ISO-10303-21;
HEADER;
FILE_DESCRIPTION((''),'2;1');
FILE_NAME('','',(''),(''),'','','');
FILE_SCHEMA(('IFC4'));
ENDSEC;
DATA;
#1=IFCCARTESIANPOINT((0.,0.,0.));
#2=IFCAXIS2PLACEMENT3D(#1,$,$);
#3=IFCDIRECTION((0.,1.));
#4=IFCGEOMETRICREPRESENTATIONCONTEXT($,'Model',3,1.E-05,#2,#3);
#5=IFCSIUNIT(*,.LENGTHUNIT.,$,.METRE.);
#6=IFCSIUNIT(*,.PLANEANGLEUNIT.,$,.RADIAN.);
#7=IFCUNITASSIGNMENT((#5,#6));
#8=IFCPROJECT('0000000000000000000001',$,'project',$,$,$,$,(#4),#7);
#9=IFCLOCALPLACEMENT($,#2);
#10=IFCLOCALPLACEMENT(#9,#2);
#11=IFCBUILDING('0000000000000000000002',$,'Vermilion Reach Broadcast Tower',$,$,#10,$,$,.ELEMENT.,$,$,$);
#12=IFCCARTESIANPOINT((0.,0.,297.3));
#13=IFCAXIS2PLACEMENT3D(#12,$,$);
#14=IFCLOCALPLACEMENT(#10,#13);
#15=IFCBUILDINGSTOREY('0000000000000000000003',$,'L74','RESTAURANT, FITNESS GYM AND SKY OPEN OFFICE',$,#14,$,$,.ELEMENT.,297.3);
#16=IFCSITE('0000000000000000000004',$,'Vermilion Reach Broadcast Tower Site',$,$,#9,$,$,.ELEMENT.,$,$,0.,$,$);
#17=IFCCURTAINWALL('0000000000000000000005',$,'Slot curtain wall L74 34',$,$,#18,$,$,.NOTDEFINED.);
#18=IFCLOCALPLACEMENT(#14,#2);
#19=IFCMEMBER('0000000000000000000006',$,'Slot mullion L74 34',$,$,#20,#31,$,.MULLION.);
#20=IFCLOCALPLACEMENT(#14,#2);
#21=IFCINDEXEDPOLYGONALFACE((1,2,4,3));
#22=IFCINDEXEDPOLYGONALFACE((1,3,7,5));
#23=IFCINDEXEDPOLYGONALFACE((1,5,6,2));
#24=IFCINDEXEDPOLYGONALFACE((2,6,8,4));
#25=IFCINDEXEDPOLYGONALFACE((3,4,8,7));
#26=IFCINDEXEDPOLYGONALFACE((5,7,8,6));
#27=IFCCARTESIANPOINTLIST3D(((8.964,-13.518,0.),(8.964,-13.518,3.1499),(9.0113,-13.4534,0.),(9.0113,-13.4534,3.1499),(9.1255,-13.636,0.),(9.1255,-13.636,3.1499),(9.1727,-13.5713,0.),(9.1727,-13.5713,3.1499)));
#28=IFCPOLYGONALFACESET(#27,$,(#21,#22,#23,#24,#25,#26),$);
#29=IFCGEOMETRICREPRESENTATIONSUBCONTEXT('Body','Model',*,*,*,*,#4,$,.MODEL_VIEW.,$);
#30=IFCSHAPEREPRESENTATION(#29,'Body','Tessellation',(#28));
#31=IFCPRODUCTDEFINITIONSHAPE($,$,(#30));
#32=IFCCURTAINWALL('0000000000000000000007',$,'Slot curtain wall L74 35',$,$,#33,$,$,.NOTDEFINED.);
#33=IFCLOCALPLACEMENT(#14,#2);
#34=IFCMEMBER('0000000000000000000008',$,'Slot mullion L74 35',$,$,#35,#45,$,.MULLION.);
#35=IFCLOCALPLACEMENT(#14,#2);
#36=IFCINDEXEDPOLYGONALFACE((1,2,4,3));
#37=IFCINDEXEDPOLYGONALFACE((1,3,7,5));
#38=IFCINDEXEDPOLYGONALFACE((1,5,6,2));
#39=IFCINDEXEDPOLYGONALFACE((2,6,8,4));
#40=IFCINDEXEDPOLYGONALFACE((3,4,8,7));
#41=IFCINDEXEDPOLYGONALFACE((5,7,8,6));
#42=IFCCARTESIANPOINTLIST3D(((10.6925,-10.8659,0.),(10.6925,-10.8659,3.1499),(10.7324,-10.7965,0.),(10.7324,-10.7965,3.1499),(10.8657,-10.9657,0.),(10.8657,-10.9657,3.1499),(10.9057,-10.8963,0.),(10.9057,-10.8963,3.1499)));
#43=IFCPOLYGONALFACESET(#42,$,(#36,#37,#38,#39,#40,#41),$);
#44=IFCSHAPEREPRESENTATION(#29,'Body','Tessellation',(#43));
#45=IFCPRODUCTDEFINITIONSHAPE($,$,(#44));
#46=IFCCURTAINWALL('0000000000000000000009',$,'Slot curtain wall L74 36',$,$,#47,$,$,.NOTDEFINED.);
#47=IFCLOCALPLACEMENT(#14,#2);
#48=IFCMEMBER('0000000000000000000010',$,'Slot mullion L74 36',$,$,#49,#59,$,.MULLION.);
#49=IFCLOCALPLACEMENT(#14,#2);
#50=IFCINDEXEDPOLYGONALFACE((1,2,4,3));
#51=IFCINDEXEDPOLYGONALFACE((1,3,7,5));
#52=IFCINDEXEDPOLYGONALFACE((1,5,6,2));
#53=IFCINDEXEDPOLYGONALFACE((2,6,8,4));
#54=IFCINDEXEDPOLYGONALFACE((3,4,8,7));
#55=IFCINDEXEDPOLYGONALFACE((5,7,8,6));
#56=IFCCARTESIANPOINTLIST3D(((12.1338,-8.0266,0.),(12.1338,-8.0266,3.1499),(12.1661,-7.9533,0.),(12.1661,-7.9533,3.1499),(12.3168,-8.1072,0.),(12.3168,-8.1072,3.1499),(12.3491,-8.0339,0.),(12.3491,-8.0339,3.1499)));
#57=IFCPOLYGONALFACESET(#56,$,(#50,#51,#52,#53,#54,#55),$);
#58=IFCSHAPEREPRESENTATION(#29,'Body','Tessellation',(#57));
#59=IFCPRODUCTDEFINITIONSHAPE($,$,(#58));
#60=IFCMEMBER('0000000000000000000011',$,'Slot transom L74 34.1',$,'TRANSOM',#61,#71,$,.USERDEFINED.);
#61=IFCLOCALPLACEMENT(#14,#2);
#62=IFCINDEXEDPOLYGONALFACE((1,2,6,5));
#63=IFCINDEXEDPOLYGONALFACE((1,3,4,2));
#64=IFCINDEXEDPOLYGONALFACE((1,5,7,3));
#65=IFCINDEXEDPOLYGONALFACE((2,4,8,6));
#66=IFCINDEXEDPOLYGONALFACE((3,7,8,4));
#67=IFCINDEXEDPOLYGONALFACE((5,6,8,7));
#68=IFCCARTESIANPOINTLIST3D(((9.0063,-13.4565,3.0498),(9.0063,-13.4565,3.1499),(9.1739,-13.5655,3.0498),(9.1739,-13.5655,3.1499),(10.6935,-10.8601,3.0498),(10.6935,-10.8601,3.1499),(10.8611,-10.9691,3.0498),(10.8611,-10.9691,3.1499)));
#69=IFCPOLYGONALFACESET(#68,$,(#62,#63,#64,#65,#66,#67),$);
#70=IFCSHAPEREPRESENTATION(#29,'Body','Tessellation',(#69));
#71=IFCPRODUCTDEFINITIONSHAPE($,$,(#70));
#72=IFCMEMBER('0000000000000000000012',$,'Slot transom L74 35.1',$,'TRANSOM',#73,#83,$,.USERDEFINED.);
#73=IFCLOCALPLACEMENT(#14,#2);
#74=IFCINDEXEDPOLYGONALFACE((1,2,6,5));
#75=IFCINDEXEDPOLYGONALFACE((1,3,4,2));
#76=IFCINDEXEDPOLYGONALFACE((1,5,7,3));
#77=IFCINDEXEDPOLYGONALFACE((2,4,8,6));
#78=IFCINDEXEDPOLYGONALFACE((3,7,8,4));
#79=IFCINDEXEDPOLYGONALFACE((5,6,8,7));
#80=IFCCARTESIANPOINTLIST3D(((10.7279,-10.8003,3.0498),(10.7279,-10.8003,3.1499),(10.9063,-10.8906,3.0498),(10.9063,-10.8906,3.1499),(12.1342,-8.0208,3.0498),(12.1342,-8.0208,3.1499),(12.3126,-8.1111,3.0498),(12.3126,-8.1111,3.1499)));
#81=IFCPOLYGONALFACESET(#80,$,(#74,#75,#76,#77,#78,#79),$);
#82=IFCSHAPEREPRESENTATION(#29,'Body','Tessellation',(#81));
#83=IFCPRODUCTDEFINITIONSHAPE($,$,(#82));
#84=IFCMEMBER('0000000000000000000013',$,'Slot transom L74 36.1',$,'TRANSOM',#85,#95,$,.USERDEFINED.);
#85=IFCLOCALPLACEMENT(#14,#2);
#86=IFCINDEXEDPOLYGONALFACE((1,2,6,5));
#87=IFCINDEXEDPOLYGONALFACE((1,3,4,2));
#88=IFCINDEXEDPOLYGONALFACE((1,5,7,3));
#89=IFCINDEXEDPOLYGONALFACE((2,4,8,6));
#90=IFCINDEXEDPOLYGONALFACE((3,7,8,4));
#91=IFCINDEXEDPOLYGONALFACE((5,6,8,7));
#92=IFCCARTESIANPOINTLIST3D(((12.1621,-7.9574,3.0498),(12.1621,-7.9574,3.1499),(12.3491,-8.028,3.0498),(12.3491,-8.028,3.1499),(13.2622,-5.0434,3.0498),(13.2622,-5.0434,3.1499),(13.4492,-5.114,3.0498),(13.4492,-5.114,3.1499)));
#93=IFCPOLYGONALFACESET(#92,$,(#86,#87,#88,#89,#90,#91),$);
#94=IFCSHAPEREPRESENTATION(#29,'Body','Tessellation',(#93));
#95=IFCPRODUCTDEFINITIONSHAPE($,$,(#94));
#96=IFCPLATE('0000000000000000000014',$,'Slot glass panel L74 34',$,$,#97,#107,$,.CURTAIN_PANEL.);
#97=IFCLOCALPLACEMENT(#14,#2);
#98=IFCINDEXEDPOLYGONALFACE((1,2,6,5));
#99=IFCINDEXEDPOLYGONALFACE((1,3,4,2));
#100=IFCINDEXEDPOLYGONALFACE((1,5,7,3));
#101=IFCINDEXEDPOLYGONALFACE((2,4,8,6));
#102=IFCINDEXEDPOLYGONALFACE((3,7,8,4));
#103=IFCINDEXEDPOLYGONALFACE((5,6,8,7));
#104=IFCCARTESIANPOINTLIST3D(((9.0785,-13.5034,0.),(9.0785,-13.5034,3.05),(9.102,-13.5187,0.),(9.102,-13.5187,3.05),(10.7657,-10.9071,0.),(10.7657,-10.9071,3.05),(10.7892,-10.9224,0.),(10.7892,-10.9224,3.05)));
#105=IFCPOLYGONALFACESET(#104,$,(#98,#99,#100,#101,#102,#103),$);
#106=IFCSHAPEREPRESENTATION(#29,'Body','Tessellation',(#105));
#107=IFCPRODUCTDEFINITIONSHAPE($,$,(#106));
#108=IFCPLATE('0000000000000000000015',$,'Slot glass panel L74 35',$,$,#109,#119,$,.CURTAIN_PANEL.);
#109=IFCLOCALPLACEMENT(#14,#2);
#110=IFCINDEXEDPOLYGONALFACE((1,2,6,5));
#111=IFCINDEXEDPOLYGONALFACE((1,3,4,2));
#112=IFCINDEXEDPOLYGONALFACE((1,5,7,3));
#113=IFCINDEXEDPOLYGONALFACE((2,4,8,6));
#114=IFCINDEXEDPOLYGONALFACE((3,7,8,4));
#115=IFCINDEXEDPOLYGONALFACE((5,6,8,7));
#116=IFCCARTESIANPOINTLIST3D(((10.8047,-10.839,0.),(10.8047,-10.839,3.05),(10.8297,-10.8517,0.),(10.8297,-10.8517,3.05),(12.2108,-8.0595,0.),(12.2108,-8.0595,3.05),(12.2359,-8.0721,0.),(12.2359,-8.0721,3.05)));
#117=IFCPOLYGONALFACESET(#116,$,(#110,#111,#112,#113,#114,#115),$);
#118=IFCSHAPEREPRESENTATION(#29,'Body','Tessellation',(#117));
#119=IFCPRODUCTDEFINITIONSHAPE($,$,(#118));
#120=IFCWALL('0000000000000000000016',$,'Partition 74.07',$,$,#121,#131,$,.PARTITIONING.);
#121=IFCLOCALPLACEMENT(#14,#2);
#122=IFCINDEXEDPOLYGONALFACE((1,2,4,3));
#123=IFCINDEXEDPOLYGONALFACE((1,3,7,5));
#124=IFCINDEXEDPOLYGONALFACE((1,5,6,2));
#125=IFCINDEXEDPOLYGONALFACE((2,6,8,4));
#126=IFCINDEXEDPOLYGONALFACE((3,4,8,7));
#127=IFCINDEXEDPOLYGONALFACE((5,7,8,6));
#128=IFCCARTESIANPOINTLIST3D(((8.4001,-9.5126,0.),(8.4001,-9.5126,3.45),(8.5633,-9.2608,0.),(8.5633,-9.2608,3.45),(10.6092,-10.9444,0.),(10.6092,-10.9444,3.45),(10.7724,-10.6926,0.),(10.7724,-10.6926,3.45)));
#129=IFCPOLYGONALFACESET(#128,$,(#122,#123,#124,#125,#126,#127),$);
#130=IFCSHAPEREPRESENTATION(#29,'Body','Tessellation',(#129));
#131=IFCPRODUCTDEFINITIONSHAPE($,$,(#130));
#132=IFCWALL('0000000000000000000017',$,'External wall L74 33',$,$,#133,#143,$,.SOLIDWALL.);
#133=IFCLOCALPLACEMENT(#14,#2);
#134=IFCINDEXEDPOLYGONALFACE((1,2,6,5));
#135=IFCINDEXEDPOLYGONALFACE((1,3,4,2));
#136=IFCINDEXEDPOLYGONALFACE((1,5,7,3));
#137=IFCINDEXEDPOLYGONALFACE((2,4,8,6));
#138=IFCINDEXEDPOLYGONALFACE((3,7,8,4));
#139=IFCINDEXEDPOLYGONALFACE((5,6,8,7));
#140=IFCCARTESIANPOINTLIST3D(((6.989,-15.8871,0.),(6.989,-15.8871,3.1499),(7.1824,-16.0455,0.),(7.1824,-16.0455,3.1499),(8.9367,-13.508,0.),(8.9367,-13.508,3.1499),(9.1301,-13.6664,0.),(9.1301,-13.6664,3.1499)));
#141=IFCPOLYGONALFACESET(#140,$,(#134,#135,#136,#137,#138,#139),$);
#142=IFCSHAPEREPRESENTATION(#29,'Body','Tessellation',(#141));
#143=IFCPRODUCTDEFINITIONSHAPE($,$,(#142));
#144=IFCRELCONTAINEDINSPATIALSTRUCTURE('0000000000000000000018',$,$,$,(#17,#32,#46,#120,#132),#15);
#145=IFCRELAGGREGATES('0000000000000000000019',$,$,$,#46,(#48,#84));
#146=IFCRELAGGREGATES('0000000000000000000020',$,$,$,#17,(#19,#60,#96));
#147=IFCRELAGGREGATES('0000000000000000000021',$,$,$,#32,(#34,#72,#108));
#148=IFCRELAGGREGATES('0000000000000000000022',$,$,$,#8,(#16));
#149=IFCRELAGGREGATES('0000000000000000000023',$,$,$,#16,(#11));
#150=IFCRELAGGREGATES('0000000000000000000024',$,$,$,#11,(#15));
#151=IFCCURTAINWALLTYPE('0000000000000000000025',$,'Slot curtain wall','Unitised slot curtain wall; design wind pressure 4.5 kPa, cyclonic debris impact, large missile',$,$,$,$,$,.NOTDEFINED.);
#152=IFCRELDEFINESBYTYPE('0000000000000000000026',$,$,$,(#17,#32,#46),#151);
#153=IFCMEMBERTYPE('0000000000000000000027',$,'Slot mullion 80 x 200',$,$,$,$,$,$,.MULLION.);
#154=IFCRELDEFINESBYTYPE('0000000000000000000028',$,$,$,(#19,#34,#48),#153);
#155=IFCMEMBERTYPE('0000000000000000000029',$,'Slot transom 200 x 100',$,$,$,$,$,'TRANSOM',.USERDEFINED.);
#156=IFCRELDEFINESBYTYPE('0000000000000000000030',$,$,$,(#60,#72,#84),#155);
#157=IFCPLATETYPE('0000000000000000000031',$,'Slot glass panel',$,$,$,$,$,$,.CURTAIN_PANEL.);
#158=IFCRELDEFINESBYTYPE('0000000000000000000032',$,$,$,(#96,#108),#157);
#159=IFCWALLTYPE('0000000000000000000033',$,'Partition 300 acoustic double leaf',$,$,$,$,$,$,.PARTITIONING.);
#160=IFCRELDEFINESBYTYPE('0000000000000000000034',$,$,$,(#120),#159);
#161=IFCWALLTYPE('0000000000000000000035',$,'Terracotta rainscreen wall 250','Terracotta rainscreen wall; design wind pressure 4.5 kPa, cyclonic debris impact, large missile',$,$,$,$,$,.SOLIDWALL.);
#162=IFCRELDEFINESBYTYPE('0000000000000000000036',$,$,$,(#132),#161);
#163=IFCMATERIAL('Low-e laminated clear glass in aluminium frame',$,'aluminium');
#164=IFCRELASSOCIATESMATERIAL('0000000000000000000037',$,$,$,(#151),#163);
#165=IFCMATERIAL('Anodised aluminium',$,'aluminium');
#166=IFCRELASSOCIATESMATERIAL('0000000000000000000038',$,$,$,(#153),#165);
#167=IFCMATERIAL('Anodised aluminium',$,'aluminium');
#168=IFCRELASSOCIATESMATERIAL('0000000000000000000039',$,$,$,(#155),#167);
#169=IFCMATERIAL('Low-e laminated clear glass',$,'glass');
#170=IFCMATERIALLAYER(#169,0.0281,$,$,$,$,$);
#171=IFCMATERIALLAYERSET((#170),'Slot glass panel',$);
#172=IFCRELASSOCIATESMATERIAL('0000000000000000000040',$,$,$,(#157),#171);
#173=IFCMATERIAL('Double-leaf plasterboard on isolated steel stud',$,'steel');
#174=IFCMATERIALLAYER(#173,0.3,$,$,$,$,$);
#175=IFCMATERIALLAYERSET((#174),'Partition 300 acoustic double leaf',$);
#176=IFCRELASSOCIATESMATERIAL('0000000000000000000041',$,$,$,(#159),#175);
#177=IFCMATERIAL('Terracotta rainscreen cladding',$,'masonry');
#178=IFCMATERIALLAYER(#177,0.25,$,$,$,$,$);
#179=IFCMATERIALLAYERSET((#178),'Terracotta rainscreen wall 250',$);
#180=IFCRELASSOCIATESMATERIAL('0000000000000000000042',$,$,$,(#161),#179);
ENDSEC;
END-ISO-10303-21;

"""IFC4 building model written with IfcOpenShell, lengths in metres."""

from ifc_helpers import new_model, si_unit, direction, frame, frame_2d, origin, origin_2d, place, context, subcontext, project, spatial, rectangle, extrude, material, layer, layer_set, material_profile, profile_set, type_object, element, aggregate, save


model = new_model("IFC4")

# Units and contexts
model_context = context("Model", 3, precision=1e-05, world=origin(), true_north=direction((0.0, 1.0)))
body_context = subcontext(model_context, "Body", "Model", "MODEL_VIEW")
ifc_project = project(units=[si_unit("LENGTHUNIT", "METRE"), si_unit("PLANEANGLEUNIT", "RADIAN")], contexts=[model_context])

# Site, building, storey
site_placement = place(None, origin())
site = spatial("IfcSite", under=ifc_project, at=site_placement, Name="Vermilion Reach Broadcast Tower Site", CompositionType="ELEMENT", RefElevation=0.0)
building_placement = place(site_placement, origin())
building = spatial("IfcBuilding", under=site, at=building_placement, Name="Vermilion Reach Broadcast Tower", CompositionType="ELEMENT")
storey_placement = place(building_placement, frame((0.0, 0.0, 297.3)))
storey = spatial("IfcBuildingStorey", under=building, at=storey_placement, Name="L74", Description="RESTAURANT, FITNESS GYM AND SKY OPEN OFFICE", CompositionType="ELEMENT", Elevation=297.3)

# Curtain walls, members
ifc_material_1 = material(Name="Low-e laminated clear glass in aluminium frame", Category="aluminium")
curtain_wall_type = type_object("IfcCurtainWallType", Name="Slot curtain wall", Description="Unitised slot curtain wall; design wind pressure 4.5 kPa, cyclonic debris impact, large missile", PredefinedType="NOTDEFINED", material=ifc_material_1)
placement = place(storey_placement, origin())
curtain_wall_1 = element("IfcCurtainWall", 1, at=placement, inside=storey, type_object=curtain_wall_type, Name="Slot curtain wall L74 34", PredefinedType="NOTDEFINED")
ifc_material_2 = material(Name="Anodised aluminium", Category="aluminium")
ifc_material_profile_1 = material_profile(ifc_material_2, rectangle(XDim=0.2, YDim=0.0801, at=origin_2d()), Name="Slot mullion 80 x 200")
ifc_profile_set_1 = profile_set([ifc_material_profile_1], Name="Anodised aluminium")
member_type_1 = type_object("IfcMemberType", Name="Slot mullion 80 x 200", PredefinedType="MULLION", material=ifc_profile_set_1)
member_1_placement = place(storey_placement, frame((9.0684, -13.5447, 0.0), z_axis=(0.0, 0.0, 1.0), x_axis=(-0.807362, 0.590056, 0.0)))
member_1 = element("IfcMember", 2, at=member_1_placement, type_object=member_type_1, Name="Slot mullion L74 34", PredefinedType="MULLION", context=body_context, shape_type="SweptSolid", body=[
    extrude(rectangle(XDim=0.2, YDim=0.0801, at=origin_2d()), origin(), (0.0, 0.0, 1.0), 3.1499),
])
curtain_wall_2 = element("IfcCurtainWall", 3, at=placement, inside=storey, type_object=curtain_wall_type, Name="Slot curtain wall L74 35", PredefinedType="NOTDEFINED")
member_2_placement = place(storey_placement, frame((10.7991, -10.8811, 0.0), z_axis=(0.0, 0.0, 1.0), x_axis=(-0.866671, 0.49888, 0.0)))
member_2 = element("IfcMember", 4, at=member_2_placement, type_object=member_type_1, Name="Slot mullion L74 35", PredefinedType="MULLION", context=body_context, shape_type="SweptSolid", body=[
    extrude(rectangle(XDim=0.2, YDim=0.0801, at=origin_2d()), origin(), (0.0, 0.0, 1.0), 3.1499),
])
curtain_wall_3 = element("IfcCurtainWall", 5, at=placement, inside=storey, type_object=curtain_wall_type, Name="Slot curtain wall L74 36", PredefinedType="NOTDEFINED")
member_3_placement = place(storey_placement, frame((12.2415, -8.0303, 0.0), z_axis=(0.0, 0.0, 1.0), x_axis=(-0.915241, 0.402906, 0.0)))
member_3 = element("IfcMember", 6, at=member_3_placement, type_object=member_type_1, Name="Slot mullion L74 36", PredefinedType="MULLION", context=body_context, shape_type="SweptSolid", body=[
    extrude(rectangle(XDim=0.2, YDim=0.0801, at=origin_2d()), origin(), (0.0, 0.0, 1.0), 3.1499),
])

# Members
ifc_material_3 = material(Name="Anodised aluminium", Category="aluminium")
ifc_material_profile_2 = material_profile(ifc_material_3, rectangle(XDim=0.2, YDim=0.1001, at=origin_2d()), Name="Slot transom 200 x 100")
ifc_profile_set_2 = profile_set([ifc_material_profile_2], Name="Anodised aluminium")
member_type_2 = type_object("IfcMemberType", Name="Slot transom 200 x 100", ElementType="TRANSOM", PredefinedType="USERDEFINED", material=ifc_profile_set_2)
member_4_placement = place(storey_placement, frame((9.0901, -13.511, 3.0999), z_axis=(0.544891, 0.838507, 0.0), x_axis=(-0.838507, 0.544891, 0.0)))
member_4 = element("IfcMember", 7, at=member_4_placement, type_object=member_type_2, Name="Slot transom L74 34.1", ObjectType="TRANSOM", PredefinedType="USERDEFINED", context=body_context, shape_type="SweptSolid", body=[
    extrude(rectangle(XDim=0.2, YDim=0.1001, at=origin_2d()), origin(), (0.0, 0.0, 1.0), 3.0964),
])
member_5_placement = place(storey_placement, frame((10.8171, -10.8455, 3.0999), z_axis=(0.451441, 0.892301, 0.0), x_axis=(-0.892301, 0.451441, 0.0)))
member_5 = element("IfcMember", 8, at=member_5_placement, type_object=member_type_2, Name="Slot transom L74 35.1", ObjectType="TRANSOM", PredefinedType="USERDEFINED", context=body_context, shape_type="SweptSolid", body=[
    extrude(rectangle(XDim=0.2, YDim=0.1001, at=origin_2d()), origin(), (0.0, 0.0, 1.0), 3.115),
])
member_6_placement = place(storey_placement, frame((12.2556, -7.9927, 3.0999), z_axis=(0.353184, 0.935554, 0.0), x_axis=(-0.935554, 0.353184, 0.0)))
member_6 = element("IfcMember", 9, at=member_6_placement, type_object=member_type_2, Name="Slot transom L74 36.1", ObjectType="TRANSOM", PredefinedType="USERDEFINED", context=body_context, shape_type="SweptSolid", body=[
    extrude(rectangle(XDim=0.2, YDim=0.1001, at=origin_2d()), origin(), (0.0, 0.0, 1.0), 3.1147),
])
aggregate(curtain_wall_3, [member_3, member_6])

# Plates
ifc_material_4 = material(Name="Low-e laminated clear glass", Category="glass")
ifc_layer_1 = layer(ifc_material_4, 0.0281)
ifc_layer_set_1 = layer_set([ifc_layer_1], Name="Slot glass panel")
plate_type = type_object("IfcPlateType", Name="Slot glass panel", PredefinedType="CURTAIN_PANEL", material=ifc_layer_set_1)
plate_1_placement = place(storey_placement, frame((9.9338, -12.2129, 0.0), z_axis=(0.0, 0.0, 1.0), x_axis=(0.544895, 0.838504, 0.0)))
plate_1 = element("IfcPlate", 10, at=plate_1_placement, type_object=plate_type, Name="Slot glass panel L74 34", PredefinedType="CURTAIN_PANEL", context=body_context, shape_type="SweptSolid", body=[
    extrude(rectangle(XDim=3.0964, YDim=0.0281, at=origin_2d()), origin(), (0.0, 0.0, 1.0), 3.05),
])
aggregate(curtain_wall_1, [member_1, member_4, plate_1])
plate_2_placement = place(storey_placement, frame((11.5203, -9.4556, 0.0), z_axis=(0.0, 0.0, 1.0), x_axis=(0.451412, 0.892316, 0.0)))
plate_2 = element("IfcPlate", 11, at=plate_2_placement, type_object=plate_type, Name="Slot glass panel L74 35", PredefinedType="CURTAIN_PANEL", context=body_context, shape_type="SweptSolid", body=[
    extrude(rectangle(XDim=3.115, YDim=0.0281, at=origin_2d()), origin(), (0.0, 0.0, 1.0), 3.05),
])
aggregate(curtain_wall_2, [member_2, member_5, plate_2])

# Walls
ifc_material_5 = material(Name="Double-leaf plasterboard on isolated steel stud", Category="steel")
ifc_layer_2 = layer(ifc_material_5, 0.3)
ifc_layer_set_2 = layer_set([ifc_layer_2], Name="Partition 300 acoustic double leaf")
wall_type_1 = type_object("IfcWallType", Name="Partition 300 acoustic double leaf", PredefinedType="PARTITIONING", material=ifc_layer_set_2)
wall_1_placement = place(storey_placement, frame((10.6909, -10.8186, 0.0), z_axis=(0.0, 0.0, 1.0), x_axis=(-0.839157, 0.543889, 0.0)))
element("IfcWall", 12, at=wall_1_placement, inside=storey, type_object=wall_type_1, Name="Partition 74.07", PredefinedType="PARTITIONING", context=body_context, shape_type="SweptSolid", body=[
    extrude(rectangle(XDim=2.6326, YDim=0.3, at=frame_2d((1.3164, 0.0))), origin(), (0.0, 0.0, 1.0), 3.45),
])
ifc_material_6 = material(Name="Terracotta rainscreen cladding", Category="masonry")
ifc_layer_3 = layer(ifc_material_6, 0.25)
ifc_layer_set_3 = layer_set([ifc_layer_3], Name="Terracotta rainscreen wall 250")
wall_type_2 = type_object("IfcWallType", Name="Terracotta rainscreen wall 250", Description="Terracotta rainscreen wall; design wind pressure 4.5 kPa, cyclonic debris impact, large missile", PredefinedType="SOLIDWALL", material=ifc_layer_set_3)
wall_2_placement = place(storey_placement, frame((7.0857, -15.9663, 0.0), z_axis=(0.0, 0.0, 1.0), x_axis=(0.633467, 0.77377, 0.0)))
element("IfcWall", 13, at=wall_2_placement, inside=storey, type_object=wall_type_2, Name="External wall L74 33", PredefinedType="SOLIDWALL", context=body_context, shape_type="SweptSolid", body=[
    extrude(rectangle(XDim=3.0747, YDim=0.25, at=frame_2d((1.5374, 0.0))), origin(), (0.0, 0.0, 1.0), 3.1499),
])

save(model, "model.ifc")
